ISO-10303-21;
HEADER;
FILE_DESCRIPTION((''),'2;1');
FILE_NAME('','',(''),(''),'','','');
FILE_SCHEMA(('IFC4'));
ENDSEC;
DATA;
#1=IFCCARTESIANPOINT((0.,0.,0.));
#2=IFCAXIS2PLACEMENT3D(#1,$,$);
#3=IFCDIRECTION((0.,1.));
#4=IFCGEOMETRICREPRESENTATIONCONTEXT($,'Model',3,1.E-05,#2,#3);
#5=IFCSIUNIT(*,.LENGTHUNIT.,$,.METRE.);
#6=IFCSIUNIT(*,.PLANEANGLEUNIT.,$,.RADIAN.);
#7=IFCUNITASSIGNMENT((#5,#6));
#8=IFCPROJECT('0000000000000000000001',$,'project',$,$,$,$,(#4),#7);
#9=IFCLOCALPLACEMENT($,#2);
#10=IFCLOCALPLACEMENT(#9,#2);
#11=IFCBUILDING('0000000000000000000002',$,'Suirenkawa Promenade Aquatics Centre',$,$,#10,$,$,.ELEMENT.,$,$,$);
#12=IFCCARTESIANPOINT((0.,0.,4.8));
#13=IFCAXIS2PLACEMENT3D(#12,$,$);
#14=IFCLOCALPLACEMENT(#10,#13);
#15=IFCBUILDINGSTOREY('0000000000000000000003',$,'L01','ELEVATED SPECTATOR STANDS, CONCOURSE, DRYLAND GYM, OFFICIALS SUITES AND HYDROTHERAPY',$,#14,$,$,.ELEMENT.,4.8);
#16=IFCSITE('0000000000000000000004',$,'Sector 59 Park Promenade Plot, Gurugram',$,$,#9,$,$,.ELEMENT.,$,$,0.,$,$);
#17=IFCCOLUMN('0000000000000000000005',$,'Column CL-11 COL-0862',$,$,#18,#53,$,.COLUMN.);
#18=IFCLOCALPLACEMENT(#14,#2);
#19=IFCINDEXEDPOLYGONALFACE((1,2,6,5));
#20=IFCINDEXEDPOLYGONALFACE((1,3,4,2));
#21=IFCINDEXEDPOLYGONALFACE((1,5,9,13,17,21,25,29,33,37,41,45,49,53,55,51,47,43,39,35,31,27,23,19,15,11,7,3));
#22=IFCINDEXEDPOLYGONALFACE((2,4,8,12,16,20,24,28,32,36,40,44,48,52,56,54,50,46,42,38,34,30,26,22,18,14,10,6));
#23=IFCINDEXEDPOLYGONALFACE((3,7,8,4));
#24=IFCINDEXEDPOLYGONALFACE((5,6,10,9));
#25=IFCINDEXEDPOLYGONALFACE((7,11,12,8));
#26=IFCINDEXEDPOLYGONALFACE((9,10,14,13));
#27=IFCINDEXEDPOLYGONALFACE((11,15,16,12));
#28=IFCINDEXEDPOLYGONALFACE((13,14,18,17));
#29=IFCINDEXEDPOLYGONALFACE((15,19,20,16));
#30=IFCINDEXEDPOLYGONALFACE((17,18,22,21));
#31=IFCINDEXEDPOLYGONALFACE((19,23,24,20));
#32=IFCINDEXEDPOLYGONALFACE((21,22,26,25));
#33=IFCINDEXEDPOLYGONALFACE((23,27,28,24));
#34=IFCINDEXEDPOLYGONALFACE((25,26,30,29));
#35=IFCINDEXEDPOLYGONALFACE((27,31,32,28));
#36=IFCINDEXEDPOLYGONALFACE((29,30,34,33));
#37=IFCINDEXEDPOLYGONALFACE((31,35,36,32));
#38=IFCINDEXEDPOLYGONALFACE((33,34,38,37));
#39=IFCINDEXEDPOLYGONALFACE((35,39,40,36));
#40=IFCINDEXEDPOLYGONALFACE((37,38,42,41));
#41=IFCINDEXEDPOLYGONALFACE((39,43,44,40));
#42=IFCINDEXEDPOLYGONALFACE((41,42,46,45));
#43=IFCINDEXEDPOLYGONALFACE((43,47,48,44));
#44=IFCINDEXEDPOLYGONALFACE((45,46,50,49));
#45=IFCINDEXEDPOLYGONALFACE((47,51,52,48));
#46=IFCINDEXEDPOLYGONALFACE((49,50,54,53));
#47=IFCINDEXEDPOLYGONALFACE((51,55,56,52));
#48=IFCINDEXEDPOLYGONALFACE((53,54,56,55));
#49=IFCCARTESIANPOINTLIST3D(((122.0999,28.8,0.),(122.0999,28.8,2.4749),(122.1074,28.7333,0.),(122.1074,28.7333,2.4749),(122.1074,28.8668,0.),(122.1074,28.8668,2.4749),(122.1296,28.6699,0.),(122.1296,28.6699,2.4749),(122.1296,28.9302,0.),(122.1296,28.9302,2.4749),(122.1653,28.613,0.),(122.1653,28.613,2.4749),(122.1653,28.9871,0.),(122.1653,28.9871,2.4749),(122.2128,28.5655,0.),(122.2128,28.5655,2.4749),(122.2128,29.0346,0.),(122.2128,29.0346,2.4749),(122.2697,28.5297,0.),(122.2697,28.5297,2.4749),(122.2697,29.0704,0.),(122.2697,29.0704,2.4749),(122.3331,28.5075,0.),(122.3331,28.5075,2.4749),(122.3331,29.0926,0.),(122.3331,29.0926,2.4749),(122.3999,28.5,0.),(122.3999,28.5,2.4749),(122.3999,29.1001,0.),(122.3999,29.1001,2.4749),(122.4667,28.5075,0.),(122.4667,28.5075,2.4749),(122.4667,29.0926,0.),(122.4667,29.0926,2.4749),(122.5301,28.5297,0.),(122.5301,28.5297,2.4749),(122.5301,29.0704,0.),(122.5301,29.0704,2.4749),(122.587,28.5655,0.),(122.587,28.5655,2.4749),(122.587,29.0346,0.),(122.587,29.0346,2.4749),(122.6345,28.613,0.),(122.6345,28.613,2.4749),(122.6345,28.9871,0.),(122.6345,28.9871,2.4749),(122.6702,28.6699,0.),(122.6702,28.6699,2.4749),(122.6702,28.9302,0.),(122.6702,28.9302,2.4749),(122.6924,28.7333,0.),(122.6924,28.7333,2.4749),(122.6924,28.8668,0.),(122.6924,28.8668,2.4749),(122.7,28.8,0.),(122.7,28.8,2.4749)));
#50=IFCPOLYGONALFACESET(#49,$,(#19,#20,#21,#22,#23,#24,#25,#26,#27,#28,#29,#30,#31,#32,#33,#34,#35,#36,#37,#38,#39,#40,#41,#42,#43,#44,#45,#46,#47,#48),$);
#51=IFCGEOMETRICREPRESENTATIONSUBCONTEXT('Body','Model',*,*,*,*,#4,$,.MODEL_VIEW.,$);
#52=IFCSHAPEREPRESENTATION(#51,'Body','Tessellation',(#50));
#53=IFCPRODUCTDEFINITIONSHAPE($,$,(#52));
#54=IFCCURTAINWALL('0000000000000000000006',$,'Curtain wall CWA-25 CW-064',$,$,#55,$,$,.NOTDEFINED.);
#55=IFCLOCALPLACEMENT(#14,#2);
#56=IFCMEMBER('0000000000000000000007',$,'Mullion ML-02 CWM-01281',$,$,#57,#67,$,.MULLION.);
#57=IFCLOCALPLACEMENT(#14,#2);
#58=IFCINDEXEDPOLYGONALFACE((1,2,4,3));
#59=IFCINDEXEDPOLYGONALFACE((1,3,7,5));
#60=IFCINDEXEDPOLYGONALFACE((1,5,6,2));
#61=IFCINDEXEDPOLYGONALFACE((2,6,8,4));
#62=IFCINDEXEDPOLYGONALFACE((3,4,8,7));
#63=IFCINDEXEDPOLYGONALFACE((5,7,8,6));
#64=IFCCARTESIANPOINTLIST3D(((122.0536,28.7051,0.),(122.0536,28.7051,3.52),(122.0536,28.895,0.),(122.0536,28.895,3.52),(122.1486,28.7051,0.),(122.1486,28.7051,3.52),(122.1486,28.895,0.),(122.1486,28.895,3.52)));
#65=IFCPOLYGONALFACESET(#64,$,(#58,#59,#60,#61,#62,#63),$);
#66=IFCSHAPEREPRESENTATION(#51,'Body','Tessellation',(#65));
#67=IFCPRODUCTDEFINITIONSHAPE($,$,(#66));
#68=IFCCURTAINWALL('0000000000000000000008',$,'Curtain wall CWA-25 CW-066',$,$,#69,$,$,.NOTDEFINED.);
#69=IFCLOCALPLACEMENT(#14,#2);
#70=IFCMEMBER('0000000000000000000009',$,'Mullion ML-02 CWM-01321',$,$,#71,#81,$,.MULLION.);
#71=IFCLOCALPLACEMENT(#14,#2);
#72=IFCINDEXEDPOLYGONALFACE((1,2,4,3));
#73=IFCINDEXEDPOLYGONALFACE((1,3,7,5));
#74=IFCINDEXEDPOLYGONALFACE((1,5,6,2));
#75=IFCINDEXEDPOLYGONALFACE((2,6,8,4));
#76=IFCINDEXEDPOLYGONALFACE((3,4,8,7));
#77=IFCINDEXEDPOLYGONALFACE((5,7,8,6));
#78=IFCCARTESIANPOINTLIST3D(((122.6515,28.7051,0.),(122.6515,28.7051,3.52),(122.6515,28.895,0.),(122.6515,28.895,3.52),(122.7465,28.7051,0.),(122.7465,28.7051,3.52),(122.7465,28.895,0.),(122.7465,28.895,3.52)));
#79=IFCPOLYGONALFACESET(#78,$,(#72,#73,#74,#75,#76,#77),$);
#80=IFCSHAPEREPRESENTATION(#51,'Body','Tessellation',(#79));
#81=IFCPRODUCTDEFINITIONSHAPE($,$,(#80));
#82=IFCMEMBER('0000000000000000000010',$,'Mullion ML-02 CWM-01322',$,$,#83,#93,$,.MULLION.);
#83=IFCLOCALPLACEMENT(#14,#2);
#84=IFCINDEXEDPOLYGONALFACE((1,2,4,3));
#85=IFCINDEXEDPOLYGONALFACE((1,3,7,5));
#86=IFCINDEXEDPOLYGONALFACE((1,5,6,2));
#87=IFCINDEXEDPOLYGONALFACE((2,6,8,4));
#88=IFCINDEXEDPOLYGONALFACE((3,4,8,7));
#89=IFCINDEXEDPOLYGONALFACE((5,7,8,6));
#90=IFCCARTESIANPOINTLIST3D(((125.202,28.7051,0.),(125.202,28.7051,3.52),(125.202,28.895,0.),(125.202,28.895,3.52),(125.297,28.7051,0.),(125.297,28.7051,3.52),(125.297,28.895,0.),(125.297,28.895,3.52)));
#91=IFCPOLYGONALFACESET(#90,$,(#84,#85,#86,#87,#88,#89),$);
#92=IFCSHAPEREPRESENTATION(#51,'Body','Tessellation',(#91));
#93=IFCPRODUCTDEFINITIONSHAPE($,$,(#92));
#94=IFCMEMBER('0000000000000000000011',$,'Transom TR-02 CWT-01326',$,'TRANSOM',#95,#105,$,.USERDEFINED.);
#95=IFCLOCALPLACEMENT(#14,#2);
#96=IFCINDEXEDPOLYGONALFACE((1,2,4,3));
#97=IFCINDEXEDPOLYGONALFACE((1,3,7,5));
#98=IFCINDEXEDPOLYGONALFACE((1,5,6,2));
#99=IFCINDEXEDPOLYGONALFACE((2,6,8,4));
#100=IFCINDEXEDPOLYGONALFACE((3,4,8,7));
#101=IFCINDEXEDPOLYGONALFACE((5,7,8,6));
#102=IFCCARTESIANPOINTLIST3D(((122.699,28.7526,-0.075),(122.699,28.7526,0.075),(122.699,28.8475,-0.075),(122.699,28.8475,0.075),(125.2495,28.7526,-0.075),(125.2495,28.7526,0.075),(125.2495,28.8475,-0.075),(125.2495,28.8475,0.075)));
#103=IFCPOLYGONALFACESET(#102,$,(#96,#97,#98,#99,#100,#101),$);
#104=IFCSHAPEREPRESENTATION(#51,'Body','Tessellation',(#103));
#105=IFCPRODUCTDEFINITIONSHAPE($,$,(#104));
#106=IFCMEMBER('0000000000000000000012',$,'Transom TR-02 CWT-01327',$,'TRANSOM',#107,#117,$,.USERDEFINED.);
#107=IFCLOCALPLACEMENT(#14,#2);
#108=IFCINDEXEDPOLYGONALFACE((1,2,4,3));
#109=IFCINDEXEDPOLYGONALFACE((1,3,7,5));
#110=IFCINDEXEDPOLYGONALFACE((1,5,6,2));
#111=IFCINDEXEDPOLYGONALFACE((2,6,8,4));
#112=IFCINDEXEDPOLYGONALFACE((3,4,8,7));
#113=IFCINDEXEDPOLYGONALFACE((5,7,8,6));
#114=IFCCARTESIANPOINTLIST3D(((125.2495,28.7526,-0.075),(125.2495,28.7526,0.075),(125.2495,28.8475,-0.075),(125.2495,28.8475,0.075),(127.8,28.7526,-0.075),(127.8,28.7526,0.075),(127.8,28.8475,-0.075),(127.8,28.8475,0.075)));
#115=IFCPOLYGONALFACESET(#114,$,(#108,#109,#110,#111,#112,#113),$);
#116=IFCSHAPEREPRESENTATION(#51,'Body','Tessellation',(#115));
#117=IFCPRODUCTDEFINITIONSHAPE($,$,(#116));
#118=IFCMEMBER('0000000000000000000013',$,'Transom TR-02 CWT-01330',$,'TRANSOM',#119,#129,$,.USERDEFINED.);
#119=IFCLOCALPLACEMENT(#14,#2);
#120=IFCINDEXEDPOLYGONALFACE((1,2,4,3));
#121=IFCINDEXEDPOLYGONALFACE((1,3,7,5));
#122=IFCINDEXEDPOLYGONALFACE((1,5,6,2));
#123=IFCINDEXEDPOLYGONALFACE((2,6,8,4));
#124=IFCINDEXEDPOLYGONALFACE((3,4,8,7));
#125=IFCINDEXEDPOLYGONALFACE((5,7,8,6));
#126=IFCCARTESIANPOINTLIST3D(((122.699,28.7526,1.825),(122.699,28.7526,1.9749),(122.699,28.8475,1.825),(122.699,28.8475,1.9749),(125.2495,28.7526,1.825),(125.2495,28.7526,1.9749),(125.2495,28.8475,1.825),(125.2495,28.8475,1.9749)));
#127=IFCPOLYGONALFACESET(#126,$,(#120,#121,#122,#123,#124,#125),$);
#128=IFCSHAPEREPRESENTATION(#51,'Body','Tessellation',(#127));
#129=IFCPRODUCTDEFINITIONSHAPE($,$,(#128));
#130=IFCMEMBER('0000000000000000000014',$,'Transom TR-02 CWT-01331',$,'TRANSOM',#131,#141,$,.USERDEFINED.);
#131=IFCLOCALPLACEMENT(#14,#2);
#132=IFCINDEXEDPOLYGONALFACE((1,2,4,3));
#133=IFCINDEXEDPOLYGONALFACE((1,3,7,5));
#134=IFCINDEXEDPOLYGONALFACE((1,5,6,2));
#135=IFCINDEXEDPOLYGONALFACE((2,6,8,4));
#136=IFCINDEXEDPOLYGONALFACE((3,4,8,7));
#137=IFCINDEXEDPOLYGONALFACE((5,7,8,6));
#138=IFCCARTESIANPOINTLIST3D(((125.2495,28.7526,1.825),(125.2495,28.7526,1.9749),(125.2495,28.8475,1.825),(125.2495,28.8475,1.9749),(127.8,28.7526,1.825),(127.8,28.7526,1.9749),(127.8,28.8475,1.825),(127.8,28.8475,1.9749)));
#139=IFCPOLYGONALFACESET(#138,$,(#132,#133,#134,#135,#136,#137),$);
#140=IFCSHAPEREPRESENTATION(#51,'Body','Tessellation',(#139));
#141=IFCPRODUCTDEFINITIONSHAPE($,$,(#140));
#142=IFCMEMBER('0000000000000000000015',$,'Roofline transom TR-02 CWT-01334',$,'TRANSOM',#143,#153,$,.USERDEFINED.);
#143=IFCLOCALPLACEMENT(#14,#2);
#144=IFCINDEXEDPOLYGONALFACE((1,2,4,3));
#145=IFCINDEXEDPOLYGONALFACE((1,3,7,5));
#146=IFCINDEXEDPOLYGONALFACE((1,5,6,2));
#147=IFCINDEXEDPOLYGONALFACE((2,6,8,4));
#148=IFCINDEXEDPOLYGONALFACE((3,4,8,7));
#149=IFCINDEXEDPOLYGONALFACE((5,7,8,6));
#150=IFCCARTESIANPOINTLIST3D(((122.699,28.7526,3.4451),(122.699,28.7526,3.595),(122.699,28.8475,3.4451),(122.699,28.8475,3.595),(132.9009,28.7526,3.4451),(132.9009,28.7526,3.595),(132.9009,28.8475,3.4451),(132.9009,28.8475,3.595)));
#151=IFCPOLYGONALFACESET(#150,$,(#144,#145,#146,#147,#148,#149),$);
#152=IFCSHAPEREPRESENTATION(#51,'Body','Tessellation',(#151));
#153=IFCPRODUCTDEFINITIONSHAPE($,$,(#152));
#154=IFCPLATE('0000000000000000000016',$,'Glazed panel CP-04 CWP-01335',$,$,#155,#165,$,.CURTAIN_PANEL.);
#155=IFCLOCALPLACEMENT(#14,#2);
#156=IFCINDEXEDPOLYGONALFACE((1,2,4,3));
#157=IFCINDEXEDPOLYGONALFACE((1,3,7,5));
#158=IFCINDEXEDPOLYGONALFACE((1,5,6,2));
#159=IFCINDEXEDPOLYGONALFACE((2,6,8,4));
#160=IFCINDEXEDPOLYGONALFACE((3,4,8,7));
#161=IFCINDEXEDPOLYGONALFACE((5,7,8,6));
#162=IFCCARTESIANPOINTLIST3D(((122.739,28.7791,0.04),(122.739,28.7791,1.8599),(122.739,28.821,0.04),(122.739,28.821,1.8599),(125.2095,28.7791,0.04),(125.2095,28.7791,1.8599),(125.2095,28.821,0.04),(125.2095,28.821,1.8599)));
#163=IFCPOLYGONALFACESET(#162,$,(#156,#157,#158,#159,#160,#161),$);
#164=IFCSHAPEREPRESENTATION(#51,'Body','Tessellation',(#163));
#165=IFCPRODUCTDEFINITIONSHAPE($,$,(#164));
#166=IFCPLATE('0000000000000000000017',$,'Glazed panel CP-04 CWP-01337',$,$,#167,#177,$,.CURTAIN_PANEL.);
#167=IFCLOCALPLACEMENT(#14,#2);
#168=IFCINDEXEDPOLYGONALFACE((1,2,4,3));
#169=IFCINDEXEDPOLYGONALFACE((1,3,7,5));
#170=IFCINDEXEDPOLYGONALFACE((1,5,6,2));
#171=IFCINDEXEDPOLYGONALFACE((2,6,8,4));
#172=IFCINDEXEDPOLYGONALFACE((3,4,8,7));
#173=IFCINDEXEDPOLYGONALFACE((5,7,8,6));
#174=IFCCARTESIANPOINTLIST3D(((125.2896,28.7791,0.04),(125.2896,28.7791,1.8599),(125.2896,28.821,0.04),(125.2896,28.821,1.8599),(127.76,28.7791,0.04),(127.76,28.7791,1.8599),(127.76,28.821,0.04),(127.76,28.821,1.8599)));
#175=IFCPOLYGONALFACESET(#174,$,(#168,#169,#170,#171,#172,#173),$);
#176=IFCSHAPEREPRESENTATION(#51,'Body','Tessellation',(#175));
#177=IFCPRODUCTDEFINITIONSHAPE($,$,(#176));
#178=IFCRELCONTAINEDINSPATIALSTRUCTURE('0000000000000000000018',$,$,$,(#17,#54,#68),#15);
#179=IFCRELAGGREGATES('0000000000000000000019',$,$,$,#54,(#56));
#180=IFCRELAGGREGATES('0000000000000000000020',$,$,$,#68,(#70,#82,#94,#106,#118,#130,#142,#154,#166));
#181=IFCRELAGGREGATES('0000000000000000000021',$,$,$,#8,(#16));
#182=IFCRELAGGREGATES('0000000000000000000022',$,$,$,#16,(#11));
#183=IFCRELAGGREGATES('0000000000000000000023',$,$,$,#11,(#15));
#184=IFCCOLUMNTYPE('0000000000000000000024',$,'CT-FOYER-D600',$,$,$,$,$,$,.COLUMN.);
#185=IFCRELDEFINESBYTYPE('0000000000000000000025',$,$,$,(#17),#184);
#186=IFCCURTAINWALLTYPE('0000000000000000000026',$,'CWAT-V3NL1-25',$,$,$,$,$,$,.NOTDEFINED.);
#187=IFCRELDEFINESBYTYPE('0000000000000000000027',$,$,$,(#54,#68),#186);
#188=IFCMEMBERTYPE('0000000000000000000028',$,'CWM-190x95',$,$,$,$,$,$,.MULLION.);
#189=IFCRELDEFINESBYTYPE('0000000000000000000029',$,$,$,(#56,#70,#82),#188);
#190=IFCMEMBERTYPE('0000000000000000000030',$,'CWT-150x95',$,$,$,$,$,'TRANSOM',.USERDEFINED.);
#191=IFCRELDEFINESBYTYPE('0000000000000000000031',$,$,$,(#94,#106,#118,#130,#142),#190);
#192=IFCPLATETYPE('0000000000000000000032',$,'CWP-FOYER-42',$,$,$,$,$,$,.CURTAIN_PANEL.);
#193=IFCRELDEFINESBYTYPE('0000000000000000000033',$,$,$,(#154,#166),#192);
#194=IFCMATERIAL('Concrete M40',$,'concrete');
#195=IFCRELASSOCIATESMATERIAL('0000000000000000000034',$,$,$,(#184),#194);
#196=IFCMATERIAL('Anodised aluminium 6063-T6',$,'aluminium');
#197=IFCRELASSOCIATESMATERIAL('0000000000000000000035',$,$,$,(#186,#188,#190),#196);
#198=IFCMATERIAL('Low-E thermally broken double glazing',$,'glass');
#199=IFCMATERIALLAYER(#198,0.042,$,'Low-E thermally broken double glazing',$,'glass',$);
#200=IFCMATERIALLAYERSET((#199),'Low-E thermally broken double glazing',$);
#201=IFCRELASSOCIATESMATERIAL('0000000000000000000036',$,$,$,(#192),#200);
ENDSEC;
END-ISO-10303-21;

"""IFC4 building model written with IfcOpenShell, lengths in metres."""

from ifc_helpers import new_model, si_unit, direction, frame, origin, origin_2d, place, context, subcontext, project, spatial, polyline, rectangle, circle, outline, extrude, material, layer, layer_set, material_profile, profile_set, type_object, element, aggregate, save


model = new_model("IFC4")

# Units and contexts
model_context = context("Model", 3, precision=1e-05, world=origin(), true_north=direction((0.0, 1.0)))
body_context = subcontext(model_context, "Body", "Model", "MODEL_VIEW")
ifc_project = project(units=[si_unit("LENGTHUNIT", "METRE"), si_unit("PLANEANGLEUNIT", "RADIAN")], contexts=[model_context])

# Site, building, storey
site_placement = place(None, origin())
site = spatial("IfcSite", under=ifc_project, at=site_placement, Name="Sector 59 Park Promenade Plot, Gurugram", CompositionType="ELEMENT", RefElevation=0.0)
building_placement = place(site_placement, origin())
building = spatial("IfcBuilding", under=site, at=building_placement, Name="Suirenkawa Promenade Aquatics Centre", CompositionType="ELEMENT")
storey_placement = place(building_placement, frame((0.0, 0.0, 4.8)))
storey = spatial("IfcBuildingStorey", under=building, at=storey_placement, Name="L01", Description="ELEVATED SPECTATOR STANDS, CONCOURSE, DRYLAND GYM, OFFICIALS SUITES AND HYDROTHERAPY", CompositionType="ELEMENT", Elevation=4.8)

# Column
ifc_material_1 = material(Name="Concrete M40", Category="concrete")
ifc_material_profile_1 = material_profile(ifc_material_1, circle(Radius=0.3, at=origin_2d()), Name="RC FOYER D600", Category="concrete")
ifc_profile_set_1 = profile_set([ifc_material_profile_1], Name="Concrete M40")
column_type = type_object("IfcColumnType", Name="CT-FOYER-D600", PredefinedType="COLUMN", material=ifc_profile_set_1)
column_placement = place(storey_placement, frame((122.3999, 28.8, 0.0), z_axis=(0.0, 0.0, 1.0), x_axis=(1.0, 0.0, 0.0)))
element("IfcColumn", 1, at=column_placement, inside=storey, type_object=column_type, Name="Column CL-11 COL-0862", PredefinedType="COLUMN", context=body_context, shape_type="SweptSolid", body=[
    extrude(circle(Radius=0.3, at=origin_2d()), origin(), (0.0, 0.0, 1.0), 2.4749),
])

# Curtain wall, member
ifc_material_2 = material(Name="Anodised aluminium 6063-T6", Category="aluminium")
curtain_wall_type = type_object("IfcCurtainWallType", Name="CWAT-V3NL1-25", PredefinedType="NOTDEFINED", material=ifc_material_2)
curtain_wall_1_placement = place(storey_placement, origin())
curtain_wall_1 = element("IfcCurtainWall", 2, at=curtain_wall_1_placement, inside=storey, type_object=curtain_wall_type, Name="Curtain wall CWA-25 CW-064", PredefinedType="NOTDEFINED")
ifc_material_profile_2 = material_profile(ifc_material_2, rectangle(XDim=0.095, YDim=0.1899, at=origin_2d()), Name="ALU MULL 95x190", Category="aluminium")
ifc_profile_set_2 = profile_set([ifc_material_profile_2], Name="Anodised aluminium 6063-T6")
member_type_1 = type_object("IfcMemberType", Name="CWM-190x95", PredefinedType="MULLION", material=ifc_profile_set_2)
member_1_placement = place(storey_placement, frame((122.1011, 28.8, 0.0), z_axis=(0.0, 0.0, 1.0), x_axis=(1.0, 0.0, 0.0)))
member_1 = element("IfcMember", 3, at=member_1_placement, type_object=member_type_1, Name="Mullion ML-02 CWM-01281", PredefinedType="MULLION", context=body_context, shape_type="SweptSolid", body=[
    extrude(rectangle(XDim=0.095, YDim=0.1899, at=origin_2d()), origin(), (0.0, 0.0, 1.0), 3.52),
])

# Curtain wall, members
curtain_wall_2_placement = place(storey_placement, origin())
curtain_wall_2 = element("IfcCurtainWall", 4, at=curtain_wall_2_placement, inside=storey, type_object=curtain_wall_type, Name="Curtain wall CWA-25 CW-066", PredefinedType="NOTDEFINED")
member_2_placement = place(storey_placement, frame((122.699, 28.8, 0.0), z_axis=(0.0, 0.0, 1.0), x_axis=(1.0, 0.0, 0.0)))
member_2 = element("IfcMember", 5, at=member_2_placement, type_object=member_type_1, Name="Mullion ML-02 CWM-01321", PredefinedType="MULLION", context=body_context, shape_type="SweptSolid", body=[
    extrude(rectangle(XDim=0.095, YDim=0.1899, at=origin_2d()), origin(), (0.0, 0.0, 1.0), 3.52),
])
member_3_placement = place(storey_placement, frame((125.2495, 28.8, 0.0), z_axis=(0.0, 0.0, 1.0), x_axis=(1.0, 0.0, 0.0)))
member_3 = element("IfcMember", 6, at=member_3_placement, type_object=member_type_1, Name="Mullion ML-02 CWM-01322", PredefinedType="MULLION", context=body_context, shape_type="SweptSolid", body=[
    extrude(rectangle(XDim=0.095, YDim=0.1899, at=origin_2d()), origin(), (0.0, 0.0, 1.0), 3.52),
])
ifc_material_profile_3 = material_profile(ifc_material_2, rectangle(XDim=0.095, YDim=0.1499, at=origin_2d()), Name="ALU TRAN 95x150", Category="aluminium")
ifc_profile_set_3 = profile_set([ifc_material_profile_3], Name="Anodised aluminium 6063-T6")
member_type_2 = type_object("IfcMemberType", Name="CWT-150x95", ElementType="TRANSOM", PredefinedType="USERDEFINED", material=ifc_profile_set_3)
member_4_placement = place(storey_placement, frame((122.699, 28.8, 0.0), z_axis=(1.0, 0.0, 0.0), x_axis=(0.0, 1.0, 0.0)))
member_4 = element("IfcMember", 7, at=member_4_placement, type_object=member_type_2, Name="Transom TR-02 CWT-01326", ObjectType="TRANSOM", PredefinedType="USERDEFINED", context=body_context, shape_type="SweptSolid", body=[
    extrude(rectangle(XDim=0.095, YDim=0.1499, at=origin_2d()), origin(), (0.0, 0.0, 1.0), 2.5505),
])
member_5_placement = place(storey_placement, frame((125.2495, 28.8, 0.0), z_axis=(1.0, 0.0, 0.0), x_axis=(0.0, 1.0, 0.0)))
member_5 = element("IfcMember", 8, at=member_5_placement, type_object=member_type_2, Name="Transom TR-02 CWT-01327", ObjectType="TRANSOM", PredefinedType="USERDEFINED", context=body_context, shape_type="SweptSolid", body=[
    extrude(rectangle(XDim=0.095, YDim=0.1499, at=origin_2d()), origin(), (0.0, 0.0, 1.0), 2.5505),
])
member_6_placement = place(storey_placement, frame((122.699, 28.8, 1.8999), z_axis=(1.0, 0.0, 0.0), x_axis=(0.0, 1.0, 0.0)))
member_6 = element("IfcMember", 9, at=member_6_placement, type_object=member_type_2, Name="Transom TR-02 CWT-01330", ObjectType="TRANSOM", PredefinedType="USERDEFINED", context=body_context, shape_type="SweptSolid", body=[
    extrude(rectangle(XDim=0.095, YDim=0.1499, at=origin_2d()), origin(), (0.0, 0.0, 1.0), 2.5505),
])
member_7_placement = place(storey_placement, frame((125.2495, 28.8, 1.8999), z_axis=(1.0, 0.0, 0.0), x_axis=(0.0, 1.0, 0.0)))
member_7 = element("IfcMember", 10, at=member_7_placement, type_object=member_type_2, Name="Transom TR-02 CWT-01331", ObjectType="TRANSOM", PredefinedType="USERDEFINED", context=body_context, shape_type="SweptSolid", body=[
    extrude(rectangle(XDim=0.095, YDim=0.1499, at=origin_2d()), origin(), (0.0, 0.0, 1.0), 2.5505),
])
member_8_placement = place(storey_placement, frame((122.699, 28.8, 3.52), z_axis=(1.0, 0.0, 0.0), x_axis=(0.0, 1.0, 0.0)))
member_8 = element("IfcMember", 11, at=member_8_placement, type_object=member_type_2, Name="Roofline transom TR-02 CWT-01334", ObjectType="TRANSOM", PredefinedType="USERDEFINED", context=body_context, shape_type="SweptSolid", body=[
    extrude(rectangle(XDim=0.095, YDim=0.1499, at=origin_2d()), origin(), (0.0, 0.0, 1.0), 10.2019),
])

# Plates
ifc_material_3 = material(Name="Low-E thermally broken double glazing", Category="glass")
ifc_layer_1 = layer(ifc_material_3, 0.042, Name="Low-E thermally broken double glazing", Category="glass")
ifc_layer_set_1 = layer_set([ifc_layer_1], Name="Low-E thermally broken double glazing")
plate_type = type_object("IfcPlateType", Name="CWP-FOYER-42", PredefinedType="CURTAIN_PANEL", material=ifc_layer_set_1)
aggregate(curtain_wall_1, [member_1])
plate_1_placement = place(storey_placement, frame((122.699, 28.8, 0.04), z_axis=(0.0, 0.0, 1.0), x_axis=(1.0, 0.0, 0.0)))
plate_1 = element("IfcPlate", 12, at=plate_1_placement, type_object=plate_type, Name="Glazed panel CP-04 CWP-01335", PredefinedType="CURTAIN_PANEL", context=body_context, shape_type="SweptSolid", body=[
    extrude(outline(polyline([(0.04, 0.0), (2.5105, 0.0), (2.5105, 1.8198), (0.04, 1.8198), (0.04, 0.0)])), frame((0.0, 0.021, 0.0), z_axis=(0.0, -1.0, 0.0), x_axis=(1.0, 0.0, 0.0)), (0.0, 0.0, 1.0), 0.042),
])
plate_2_placement = place(storey_placement, frame((125.2495, 28.8, 0.04), z_axis=(0.0, 0.0, 1.0), x_axis=(1.0, 0.0, 0.0)))
plate_2 = element("IfcPlate", 13, at=plate_2_placement, type_object=plate_type, Name="Glazed panel CP-04 CWP-01337", PredefinedType="CURTAIN_PANEL", context=body_context, shape_type="SweptSolid", body=[
    extrude(outline(polyline([(0.04, 0.0), (2.5105, 0.0), (2.5105, 1.8198), (0.04, 1.8198), (0.04, 0.0)])), frame((0.0, 0.021, 0.0), z_axis=(0.0, -1.0, 0.0), x_axis=(1.0, 0.0, 0.0)), (0.0, 0.0, 1.0), 0.042),
])
aggregate(curtain_wall_2, [member_2, member_3, member_4, member_5, member_6, member_7, member_8, plate_1, plate_2])

save(model, "model.ifc")
